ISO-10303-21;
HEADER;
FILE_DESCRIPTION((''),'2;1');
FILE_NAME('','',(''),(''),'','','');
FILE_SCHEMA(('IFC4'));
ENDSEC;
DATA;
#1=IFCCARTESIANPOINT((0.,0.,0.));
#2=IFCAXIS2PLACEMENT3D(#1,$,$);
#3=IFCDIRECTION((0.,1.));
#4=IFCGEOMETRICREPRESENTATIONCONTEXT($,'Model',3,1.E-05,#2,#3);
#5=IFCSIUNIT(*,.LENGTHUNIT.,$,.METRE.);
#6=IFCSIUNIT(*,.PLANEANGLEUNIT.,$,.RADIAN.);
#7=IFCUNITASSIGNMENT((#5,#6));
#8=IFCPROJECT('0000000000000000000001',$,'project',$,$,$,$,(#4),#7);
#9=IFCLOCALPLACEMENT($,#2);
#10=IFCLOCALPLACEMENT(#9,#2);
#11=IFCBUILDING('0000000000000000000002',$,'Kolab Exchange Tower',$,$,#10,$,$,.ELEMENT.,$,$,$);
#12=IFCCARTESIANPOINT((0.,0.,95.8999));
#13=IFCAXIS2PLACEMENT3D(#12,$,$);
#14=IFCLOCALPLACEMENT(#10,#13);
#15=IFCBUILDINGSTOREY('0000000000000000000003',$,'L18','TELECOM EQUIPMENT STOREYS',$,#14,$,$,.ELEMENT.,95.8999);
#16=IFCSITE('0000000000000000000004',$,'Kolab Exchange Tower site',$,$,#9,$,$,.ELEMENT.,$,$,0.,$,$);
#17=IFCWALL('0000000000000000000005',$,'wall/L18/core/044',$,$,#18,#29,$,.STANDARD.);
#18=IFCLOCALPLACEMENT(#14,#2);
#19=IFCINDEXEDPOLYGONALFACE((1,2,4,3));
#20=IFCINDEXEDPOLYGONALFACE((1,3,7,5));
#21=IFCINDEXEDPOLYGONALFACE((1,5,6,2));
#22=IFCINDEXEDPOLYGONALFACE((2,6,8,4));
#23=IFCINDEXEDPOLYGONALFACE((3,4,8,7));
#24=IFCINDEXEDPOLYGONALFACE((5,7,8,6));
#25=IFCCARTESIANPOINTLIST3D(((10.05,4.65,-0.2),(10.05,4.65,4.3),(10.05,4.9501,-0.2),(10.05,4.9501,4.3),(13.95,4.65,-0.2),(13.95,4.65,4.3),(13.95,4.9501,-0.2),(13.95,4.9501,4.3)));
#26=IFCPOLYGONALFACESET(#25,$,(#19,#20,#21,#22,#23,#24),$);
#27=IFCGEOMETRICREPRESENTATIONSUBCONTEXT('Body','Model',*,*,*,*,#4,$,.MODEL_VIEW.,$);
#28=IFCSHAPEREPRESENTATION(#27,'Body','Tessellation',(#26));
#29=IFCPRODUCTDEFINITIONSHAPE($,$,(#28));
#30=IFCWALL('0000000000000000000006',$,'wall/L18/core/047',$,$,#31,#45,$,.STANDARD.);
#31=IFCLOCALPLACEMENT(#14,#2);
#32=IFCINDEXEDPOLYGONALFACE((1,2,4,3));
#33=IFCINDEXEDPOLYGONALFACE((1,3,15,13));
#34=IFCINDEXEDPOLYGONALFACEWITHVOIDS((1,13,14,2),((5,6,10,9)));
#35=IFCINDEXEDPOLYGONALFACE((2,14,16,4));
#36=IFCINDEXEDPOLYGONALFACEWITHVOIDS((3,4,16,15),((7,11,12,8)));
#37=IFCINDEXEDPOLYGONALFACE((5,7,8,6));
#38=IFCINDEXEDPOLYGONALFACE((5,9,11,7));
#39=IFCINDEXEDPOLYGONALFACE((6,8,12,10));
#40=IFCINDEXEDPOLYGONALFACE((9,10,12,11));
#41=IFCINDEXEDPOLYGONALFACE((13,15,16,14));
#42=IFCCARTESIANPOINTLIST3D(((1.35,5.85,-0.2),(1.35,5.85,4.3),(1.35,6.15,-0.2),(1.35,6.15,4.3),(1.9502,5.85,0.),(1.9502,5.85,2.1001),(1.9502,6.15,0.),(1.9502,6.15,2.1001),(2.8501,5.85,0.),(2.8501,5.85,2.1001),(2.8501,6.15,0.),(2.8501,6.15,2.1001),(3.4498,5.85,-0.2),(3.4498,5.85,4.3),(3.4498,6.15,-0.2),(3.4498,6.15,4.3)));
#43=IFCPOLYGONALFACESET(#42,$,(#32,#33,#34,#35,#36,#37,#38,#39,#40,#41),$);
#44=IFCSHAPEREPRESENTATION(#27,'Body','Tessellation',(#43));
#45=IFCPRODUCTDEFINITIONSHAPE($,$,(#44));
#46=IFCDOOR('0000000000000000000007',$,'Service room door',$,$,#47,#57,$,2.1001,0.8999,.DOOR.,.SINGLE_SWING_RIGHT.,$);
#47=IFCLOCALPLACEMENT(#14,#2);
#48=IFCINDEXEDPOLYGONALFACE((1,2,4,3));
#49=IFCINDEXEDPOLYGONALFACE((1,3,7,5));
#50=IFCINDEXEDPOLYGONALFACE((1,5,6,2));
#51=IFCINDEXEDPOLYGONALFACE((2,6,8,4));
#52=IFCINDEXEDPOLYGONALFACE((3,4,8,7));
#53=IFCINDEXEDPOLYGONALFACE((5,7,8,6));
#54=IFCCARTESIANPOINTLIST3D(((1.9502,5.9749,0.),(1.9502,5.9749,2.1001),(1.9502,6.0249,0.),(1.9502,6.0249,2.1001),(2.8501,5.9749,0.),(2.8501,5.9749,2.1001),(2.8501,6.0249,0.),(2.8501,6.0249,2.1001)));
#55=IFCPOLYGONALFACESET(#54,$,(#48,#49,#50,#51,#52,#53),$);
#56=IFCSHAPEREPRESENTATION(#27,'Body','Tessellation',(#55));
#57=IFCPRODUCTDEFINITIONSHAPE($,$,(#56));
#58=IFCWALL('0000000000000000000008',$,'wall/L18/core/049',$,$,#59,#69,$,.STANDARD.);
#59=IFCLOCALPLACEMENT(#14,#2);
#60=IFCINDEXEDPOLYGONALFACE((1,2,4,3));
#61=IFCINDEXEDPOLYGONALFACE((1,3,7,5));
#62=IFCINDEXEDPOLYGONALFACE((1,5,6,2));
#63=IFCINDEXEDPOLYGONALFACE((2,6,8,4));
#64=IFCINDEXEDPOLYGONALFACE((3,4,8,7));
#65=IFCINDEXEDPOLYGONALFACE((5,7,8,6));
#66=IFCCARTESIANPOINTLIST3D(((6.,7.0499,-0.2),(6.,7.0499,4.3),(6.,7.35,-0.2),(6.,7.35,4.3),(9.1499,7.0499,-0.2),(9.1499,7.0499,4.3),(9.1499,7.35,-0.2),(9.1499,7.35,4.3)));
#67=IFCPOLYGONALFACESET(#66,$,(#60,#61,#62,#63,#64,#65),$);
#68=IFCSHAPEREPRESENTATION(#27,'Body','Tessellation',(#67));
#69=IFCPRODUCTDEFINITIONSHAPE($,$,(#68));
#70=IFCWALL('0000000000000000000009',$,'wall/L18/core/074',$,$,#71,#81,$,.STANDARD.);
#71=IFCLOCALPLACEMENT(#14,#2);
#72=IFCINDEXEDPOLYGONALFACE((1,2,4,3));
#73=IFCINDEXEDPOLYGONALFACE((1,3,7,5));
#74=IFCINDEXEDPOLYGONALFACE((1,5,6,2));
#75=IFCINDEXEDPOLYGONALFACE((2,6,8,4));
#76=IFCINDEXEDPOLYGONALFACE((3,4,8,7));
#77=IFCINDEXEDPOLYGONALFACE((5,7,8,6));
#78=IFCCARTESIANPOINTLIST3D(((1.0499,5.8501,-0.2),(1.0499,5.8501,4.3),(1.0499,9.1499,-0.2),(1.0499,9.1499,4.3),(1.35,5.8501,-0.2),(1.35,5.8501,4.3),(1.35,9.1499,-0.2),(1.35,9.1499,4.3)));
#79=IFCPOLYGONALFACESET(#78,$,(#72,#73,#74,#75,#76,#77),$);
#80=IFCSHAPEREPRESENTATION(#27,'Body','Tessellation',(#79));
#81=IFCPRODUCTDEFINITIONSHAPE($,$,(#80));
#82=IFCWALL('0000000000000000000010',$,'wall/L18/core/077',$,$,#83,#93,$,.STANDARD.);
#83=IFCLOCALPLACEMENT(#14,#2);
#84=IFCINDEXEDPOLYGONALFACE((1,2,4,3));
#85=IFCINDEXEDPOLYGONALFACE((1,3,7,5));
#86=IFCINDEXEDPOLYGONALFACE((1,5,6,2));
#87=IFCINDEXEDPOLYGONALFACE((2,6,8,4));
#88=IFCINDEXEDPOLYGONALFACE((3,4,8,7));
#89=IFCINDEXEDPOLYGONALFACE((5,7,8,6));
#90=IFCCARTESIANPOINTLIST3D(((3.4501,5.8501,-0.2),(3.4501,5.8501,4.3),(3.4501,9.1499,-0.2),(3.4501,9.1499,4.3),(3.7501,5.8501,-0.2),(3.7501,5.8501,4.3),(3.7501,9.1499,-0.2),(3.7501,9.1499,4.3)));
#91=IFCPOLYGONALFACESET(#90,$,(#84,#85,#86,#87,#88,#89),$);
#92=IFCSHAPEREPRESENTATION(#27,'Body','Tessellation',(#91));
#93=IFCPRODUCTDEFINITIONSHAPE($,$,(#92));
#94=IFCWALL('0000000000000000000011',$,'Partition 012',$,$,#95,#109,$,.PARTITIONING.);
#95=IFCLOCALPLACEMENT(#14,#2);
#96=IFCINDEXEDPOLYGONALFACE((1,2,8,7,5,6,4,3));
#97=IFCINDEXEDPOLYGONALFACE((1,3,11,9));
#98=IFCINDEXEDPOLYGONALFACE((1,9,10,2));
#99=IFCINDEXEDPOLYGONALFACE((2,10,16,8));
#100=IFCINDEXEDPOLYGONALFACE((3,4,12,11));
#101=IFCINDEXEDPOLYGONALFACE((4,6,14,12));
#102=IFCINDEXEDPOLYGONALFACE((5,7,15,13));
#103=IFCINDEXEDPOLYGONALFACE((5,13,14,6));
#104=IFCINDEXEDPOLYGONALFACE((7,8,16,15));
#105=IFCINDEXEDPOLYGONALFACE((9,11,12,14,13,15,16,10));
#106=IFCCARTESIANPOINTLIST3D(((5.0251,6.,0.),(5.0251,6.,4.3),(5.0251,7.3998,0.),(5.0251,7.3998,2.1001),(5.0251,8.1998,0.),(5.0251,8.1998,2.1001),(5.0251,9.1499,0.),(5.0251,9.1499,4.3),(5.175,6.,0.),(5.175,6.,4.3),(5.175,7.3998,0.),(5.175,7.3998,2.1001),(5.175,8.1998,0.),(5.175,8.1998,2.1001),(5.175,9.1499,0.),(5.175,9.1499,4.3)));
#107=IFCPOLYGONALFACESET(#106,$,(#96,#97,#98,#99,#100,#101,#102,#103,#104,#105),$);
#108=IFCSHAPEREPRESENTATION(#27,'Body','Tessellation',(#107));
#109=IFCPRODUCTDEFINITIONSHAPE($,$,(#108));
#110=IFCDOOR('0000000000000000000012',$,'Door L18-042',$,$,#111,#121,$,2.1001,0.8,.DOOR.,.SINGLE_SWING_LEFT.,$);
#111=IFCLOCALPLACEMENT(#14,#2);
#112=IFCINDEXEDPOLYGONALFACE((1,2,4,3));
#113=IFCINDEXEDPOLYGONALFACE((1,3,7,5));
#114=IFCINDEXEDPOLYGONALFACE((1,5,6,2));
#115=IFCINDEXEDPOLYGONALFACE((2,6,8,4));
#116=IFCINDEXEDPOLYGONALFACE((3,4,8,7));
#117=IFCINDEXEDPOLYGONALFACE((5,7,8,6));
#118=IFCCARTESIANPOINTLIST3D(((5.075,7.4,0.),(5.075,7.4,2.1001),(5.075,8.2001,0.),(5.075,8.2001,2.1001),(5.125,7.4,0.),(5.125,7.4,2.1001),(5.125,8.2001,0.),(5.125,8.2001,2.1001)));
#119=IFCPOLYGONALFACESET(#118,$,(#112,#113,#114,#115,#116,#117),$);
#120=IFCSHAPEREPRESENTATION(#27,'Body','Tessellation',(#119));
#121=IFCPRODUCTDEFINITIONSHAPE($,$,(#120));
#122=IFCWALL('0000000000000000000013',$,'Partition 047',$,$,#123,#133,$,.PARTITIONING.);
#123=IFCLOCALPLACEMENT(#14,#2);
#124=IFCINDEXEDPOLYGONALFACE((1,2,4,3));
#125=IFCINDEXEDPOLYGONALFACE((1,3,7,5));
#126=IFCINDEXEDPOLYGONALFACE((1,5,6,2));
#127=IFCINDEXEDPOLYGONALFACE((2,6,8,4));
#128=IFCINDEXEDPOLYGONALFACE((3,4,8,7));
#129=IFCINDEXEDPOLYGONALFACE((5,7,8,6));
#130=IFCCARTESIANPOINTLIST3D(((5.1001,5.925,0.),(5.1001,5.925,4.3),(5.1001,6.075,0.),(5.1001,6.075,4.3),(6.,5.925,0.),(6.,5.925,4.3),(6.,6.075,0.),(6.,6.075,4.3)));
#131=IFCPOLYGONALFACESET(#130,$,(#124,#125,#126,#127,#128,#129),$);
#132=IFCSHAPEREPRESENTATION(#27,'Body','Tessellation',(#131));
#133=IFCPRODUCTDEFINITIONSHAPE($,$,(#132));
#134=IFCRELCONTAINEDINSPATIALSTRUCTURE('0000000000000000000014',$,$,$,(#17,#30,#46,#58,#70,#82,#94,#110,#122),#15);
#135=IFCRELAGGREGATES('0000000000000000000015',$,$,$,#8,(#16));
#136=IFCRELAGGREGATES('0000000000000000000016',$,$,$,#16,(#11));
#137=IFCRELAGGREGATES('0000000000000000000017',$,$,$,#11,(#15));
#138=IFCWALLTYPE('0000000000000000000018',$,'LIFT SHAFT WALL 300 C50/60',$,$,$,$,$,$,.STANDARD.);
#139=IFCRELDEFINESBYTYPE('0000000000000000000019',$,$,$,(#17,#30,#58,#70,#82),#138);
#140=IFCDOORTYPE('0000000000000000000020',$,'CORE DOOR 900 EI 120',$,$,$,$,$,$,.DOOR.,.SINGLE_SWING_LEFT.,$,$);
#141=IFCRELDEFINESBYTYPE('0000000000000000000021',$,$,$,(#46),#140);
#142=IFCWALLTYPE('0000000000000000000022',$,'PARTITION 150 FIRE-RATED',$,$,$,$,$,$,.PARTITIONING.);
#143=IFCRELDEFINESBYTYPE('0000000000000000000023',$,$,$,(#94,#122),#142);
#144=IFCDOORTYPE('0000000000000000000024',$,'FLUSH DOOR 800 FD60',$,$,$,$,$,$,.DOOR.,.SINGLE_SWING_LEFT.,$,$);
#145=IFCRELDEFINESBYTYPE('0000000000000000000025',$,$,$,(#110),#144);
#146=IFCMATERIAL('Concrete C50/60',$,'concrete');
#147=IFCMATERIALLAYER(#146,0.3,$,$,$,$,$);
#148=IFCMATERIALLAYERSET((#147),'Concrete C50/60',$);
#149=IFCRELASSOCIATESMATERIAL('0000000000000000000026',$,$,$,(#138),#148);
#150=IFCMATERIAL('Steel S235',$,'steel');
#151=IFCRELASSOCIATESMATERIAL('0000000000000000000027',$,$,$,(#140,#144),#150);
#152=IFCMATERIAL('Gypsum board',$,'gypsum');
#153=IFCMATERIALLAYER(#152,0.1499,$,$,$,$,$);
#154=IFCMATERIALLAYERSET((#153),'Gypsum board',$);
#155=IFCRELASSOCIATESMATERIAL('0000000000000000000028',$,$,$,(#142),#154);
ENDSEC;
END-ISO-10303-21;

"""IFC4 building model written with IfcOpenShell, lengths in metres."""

from ifc_helpers import new_model, si_unit, direction, frame, frame_2d, origin, place, context, subcontext, project, spatial, rectangle, extrude, material, layer, layer_set, type_object, element, fill, save


model = new_model("IFC4")

# Units and contexts
model_context = context("Model", 3, precision=1e-05, world=origin(), true_north=direction((0.0, 1.0)))
body_context = subcontext(model_context, "Body", "Model", "MODEL_VIEW")
ifc_project = project(units=[si_unit("LENGTHUNIT", "METRE"), si_unit("PLANEANGLEUNIT", "RADIAN")], contexts=[model_context])

# Site, building, storey
site_placement = place(None, origin())
site = spatial("IfcSite", under=ifc_project, at=site_placement, Name="Kolab Exchange Tower site", CompositionType="ELEMENT", RefElevation=0.0)
building_placement = place(site_placement, origin())
building = spatial("IfcBuilding", under=site, at=building_placement, Name="Kolab Exchange Tower", CompositionType="ELEMENT")
storey_placement = place(building_placement, frame((0.0, 0.0, 95.8999)))
storey = spatial("IfcBuildingStorey", under=building, at=storey_placement, Name="L18", Description="TELECOM EQUIPMENT STOREYS", CompositionType="ELEMENT", Elevation=95.8999)

# Shared definitions
ifc_material_1 = material(Name="Concrete C50/60", Category="concrete")

# Shared definitions
ifc_layer_1 = layer(ifc_material_1, 0.3)
ifc_layer_set_1 = layer_set([ifc_layer_1], Name="Concrete C50/60")
wall_type_1 = type_object("IfcWallType", Name="LIFT SHAFT WALL 300 C50/60", PredefinedType="STANDARD", material=ifc_layer_set_1)

# Shared definitions
ifc_material_2 = material(Name="Steel S235", Category="steel")
door_type_1 = type_object("IfcDoorType", Name="CORE DOOR 900 EI 120", OperationType="SINGLE_SWING_LEFT", PredefinedType="DOOR", material=ifc_material_2)

# Wall
wall_1_placement = place(storey_placement, frame((10.05, 4.8, -0.2), z_axis=(0.0, 0.0, 1.0), x_axis=(1.0, 0.0, 0.0)))
element("IfcWall", 1, at=wall_1_placement, inside=storey, type_object=wall_type_1, Name="wall/L18/core/044", PredefinedType="STANDARD", context=body_context, shape_type="SweptSolid", body=[
    extrude(rectangle(XDim=3.8999, YDim=0.3, at=frame_2d((1.95, 0.0))), origin(), (0.0, 0.0, 1.0), 4.5),
])

# Wall, opening, door
wall_2_placement = place(storey_placement, frame((1.3501, 6.0, -0.2), z_axis=(0.0, 0.0, 1.0), x_axis=(1.0, 0.0, 0.0)))
wall_2 = element("IfcWall", 2, at=wall_2_placement, inside=storey, type_object=wall_type_1, Name="wall/L18/core/047", PredefinedType="STANDARD", context=body_context, shape_type="SweptSolid", body=[
    extrude(rectangle(XDim=2.0999, YDim=0.3, at=frame_2d((1.0498, 0.0))), origin(), (0.0, 0.0, 1.0), 4.5),
])
opening_1_placement = place(wall_2_placement, frame((0.6001, 0.0, 0.2)))
opening_1 = element("IfcOpeningElement", 3, at=opening_1_placement, cuts=wall_2, PredefinedType="OPENING", context=body_context, shape_type="SweptSolid", body=[
    extrude(rectangle(XDim=0.8999, YDim=2.1001, at=frame_2d((0.45, 1.05))), frame((0.0, 0.1602, 0.0), z_axis=(0.0, -1.0, 0.0), x_axis=(1.0, 0.0, 0.0)), (0.0, 0.0, 1.0), 0.3201),
])
door_1_placement = place(opening_1_placement, origin())
door_1 = element("IfcDoor", 4, at=door_1_placement, inside=storey, type_object=door_type_1, Name="Service room door", OperationType="SINGLE_SWING_RIGHT", OverallHeight=2.1001, OverallWidth=0.8999, PredefinedType="DOOR", context=body_context, shape_type="SweptSolid", body=[
    extrude(rectangle(XDim=0.8999, YDim=2.1001, at=frame_2d((0.45, 1.05))), frame((0.0, 0.0249, 0.0), z_axis=(0.0, -1.0, 0.0), x_axis=(1.0, 0.0, 0.0)), (0.0, 0.0, 1.0), 0.05),
])
fill(opening_1, door_1)

# Walls
wall_3_placement = place(storey_placement, frame((6.0, 7.2, -0.2), z_axis=(0.0, 0.0, 1.0), x_axis=(1.0, 0.0, 0.0)))
element("IfcWall", 5, at=wall_3_placement, inside=storey, type_object=wall_type_1, Name="wall/L18/core/049", PredefinedType="STANDARD", context=body_context, shape_type="SweptSolid", body=[
    extrude(rectangle(XDim=3.1499, YDim=0.3, at=frame_2d((1.575, 0.0))), origin(), (0.0, 0.0, 1.0), 4.5),
])
for number, where, z_axis, x_axis, name in (
    (6, (1.2, 5.8501, -0.2), (0.0, 0.0, 1.0), (0.0, 1.0, 0.0), "wall/L18/core/074"),
    (7, (3.6001, 5.8501, -0.2), (0.0, 0.0, 1.0), (0.0, 1.0, 0.0), "wall/L18/core/077"),
):
    element("IfcWall", number, at=place(storey_placement, frame(where, z_axis=z_axis, x_axis=x_axis)), inside=storey, type_object=wall_type_1, Name=name, PredefinedType="STANDARD", context=body_context, shape_type="SweptSolid", body=[
        extrude(rectangle(XDim=3.2998, YDim=0.3, at=frame_2d((1.6499, 0.0))), origin(), (0.0, 0.0, 1.0), 4.5),
    ])

# Wall, opening, door
ifc_material_3 = material(Name="Gypsum board", Category="gypsum")
ifc_layer_2 = layer(ifc_material_3, 0.1499)
ifc_layer_set_2 = layer_set([ifc_layer_2], Name="Gypsum board")
wall_type_2 = type_object("IfcWallType", Name="PARTITION 150 FIRE-RATED", PredefinedType="PARTITIONING", material=ifc_layer_set_2)
wall_4_placement = place(storey_placement, frame((5.1001, 6.0, 0.0), z_axis=(0.0, 0.0, 1.0), x_axis=(0.0, 1.0, 0.0)))
wall_4 = element("IfcWall", 8, at=wall_4_placement, inside=storey, type_object=wall_type_2, Name="Partition 012", PredefinedType="PARTITIONING", context=body_context, shape_type="SweptSolid", body=[
    extrude(rectangle(XDim=3.1499, YDim=0.1499, at=frame_2d((1.575, 0.0))), origin(), (0.0, 0.0, 1.0), 4.3),
])
opening_2_placement = place(wall_4_placement, frame((1.3999, 0.0, 0.0)))
opening_2 = element("IfcOpeningElement", 9, at=opening_2_placement, cuts=wall_4, PredefinedType="OPENING", context=body_context, shape_type="SweptSolid", body=[
    extrude(rectangle(XDim=0.8, YDim=2.1001, at=frame_2d((0.3999, 1.05))), frame((0.0, 0.085, 0.0), z_axis=(0.0, -1.0, 0.0), x_axis=(1.0, 0.0, 0.0)), (0.0, 0.0, 1.0), 0.1699),
])
door_type_2 = type_object("IfcDoorType", Name="FLUSH DOOR 800 FD60", OperationType="SINGLE_SWING_LEFT", PredefinedType="DOOR", material=ifc_material_2)
door_2_placement = place(opening_2_placement, frame((0.8, 0.0, 0.0), z_axis=(0.0, 0.0, 1.0), x_axis=(-1.0, 0.0, 0.0)))
door_2 = element("IfcDoor", 10, at=door_2_placement, inside=storey, type_object=door_type_2, Name="Door L18-042", OperationType="SINGLE_SWING_LEFT", OverallHeight=2.1001, OverallWidth=0.8, PredefinedType="DOOR", context=body_context, shape_type="SweptSolid", body=[
    extrude(rectangle(XDim=0.8, YDim=2.1001, at=frame_2d((0.3999, 1.05))), frame((0.0, 0.0249, 0.0), z_axis=(0.0, -1.0, 0.0), x_axis=(1.0, 0.0, 0.0)), (0.0, 0.0, 1.0), 0.05),
])
fill(opening_2, door_2)

# Wall
wall_5_placement = place(storey_placement, frame((5.1001, 6.0, 0.0), z_axis=(0.0, 0.0, 1.0), x_axis=(1.0, 0.0, 0.0)))
element("IfcWall", 11, at=wall_5_placement, inside=storey, type_object=wall_type_2, Name="Partition 047", PredefinedType="PARTITIONING", context=body_context, shape_type="SweptSolid", body=[
    extrude(rectangle(XDim=0.8999, YDim=0.1499, at=frame_2d((0.45, 0.0))), origin(), (0.0, 0.0, 1.0), 4.3),
])

save(model, "model.ifc")
